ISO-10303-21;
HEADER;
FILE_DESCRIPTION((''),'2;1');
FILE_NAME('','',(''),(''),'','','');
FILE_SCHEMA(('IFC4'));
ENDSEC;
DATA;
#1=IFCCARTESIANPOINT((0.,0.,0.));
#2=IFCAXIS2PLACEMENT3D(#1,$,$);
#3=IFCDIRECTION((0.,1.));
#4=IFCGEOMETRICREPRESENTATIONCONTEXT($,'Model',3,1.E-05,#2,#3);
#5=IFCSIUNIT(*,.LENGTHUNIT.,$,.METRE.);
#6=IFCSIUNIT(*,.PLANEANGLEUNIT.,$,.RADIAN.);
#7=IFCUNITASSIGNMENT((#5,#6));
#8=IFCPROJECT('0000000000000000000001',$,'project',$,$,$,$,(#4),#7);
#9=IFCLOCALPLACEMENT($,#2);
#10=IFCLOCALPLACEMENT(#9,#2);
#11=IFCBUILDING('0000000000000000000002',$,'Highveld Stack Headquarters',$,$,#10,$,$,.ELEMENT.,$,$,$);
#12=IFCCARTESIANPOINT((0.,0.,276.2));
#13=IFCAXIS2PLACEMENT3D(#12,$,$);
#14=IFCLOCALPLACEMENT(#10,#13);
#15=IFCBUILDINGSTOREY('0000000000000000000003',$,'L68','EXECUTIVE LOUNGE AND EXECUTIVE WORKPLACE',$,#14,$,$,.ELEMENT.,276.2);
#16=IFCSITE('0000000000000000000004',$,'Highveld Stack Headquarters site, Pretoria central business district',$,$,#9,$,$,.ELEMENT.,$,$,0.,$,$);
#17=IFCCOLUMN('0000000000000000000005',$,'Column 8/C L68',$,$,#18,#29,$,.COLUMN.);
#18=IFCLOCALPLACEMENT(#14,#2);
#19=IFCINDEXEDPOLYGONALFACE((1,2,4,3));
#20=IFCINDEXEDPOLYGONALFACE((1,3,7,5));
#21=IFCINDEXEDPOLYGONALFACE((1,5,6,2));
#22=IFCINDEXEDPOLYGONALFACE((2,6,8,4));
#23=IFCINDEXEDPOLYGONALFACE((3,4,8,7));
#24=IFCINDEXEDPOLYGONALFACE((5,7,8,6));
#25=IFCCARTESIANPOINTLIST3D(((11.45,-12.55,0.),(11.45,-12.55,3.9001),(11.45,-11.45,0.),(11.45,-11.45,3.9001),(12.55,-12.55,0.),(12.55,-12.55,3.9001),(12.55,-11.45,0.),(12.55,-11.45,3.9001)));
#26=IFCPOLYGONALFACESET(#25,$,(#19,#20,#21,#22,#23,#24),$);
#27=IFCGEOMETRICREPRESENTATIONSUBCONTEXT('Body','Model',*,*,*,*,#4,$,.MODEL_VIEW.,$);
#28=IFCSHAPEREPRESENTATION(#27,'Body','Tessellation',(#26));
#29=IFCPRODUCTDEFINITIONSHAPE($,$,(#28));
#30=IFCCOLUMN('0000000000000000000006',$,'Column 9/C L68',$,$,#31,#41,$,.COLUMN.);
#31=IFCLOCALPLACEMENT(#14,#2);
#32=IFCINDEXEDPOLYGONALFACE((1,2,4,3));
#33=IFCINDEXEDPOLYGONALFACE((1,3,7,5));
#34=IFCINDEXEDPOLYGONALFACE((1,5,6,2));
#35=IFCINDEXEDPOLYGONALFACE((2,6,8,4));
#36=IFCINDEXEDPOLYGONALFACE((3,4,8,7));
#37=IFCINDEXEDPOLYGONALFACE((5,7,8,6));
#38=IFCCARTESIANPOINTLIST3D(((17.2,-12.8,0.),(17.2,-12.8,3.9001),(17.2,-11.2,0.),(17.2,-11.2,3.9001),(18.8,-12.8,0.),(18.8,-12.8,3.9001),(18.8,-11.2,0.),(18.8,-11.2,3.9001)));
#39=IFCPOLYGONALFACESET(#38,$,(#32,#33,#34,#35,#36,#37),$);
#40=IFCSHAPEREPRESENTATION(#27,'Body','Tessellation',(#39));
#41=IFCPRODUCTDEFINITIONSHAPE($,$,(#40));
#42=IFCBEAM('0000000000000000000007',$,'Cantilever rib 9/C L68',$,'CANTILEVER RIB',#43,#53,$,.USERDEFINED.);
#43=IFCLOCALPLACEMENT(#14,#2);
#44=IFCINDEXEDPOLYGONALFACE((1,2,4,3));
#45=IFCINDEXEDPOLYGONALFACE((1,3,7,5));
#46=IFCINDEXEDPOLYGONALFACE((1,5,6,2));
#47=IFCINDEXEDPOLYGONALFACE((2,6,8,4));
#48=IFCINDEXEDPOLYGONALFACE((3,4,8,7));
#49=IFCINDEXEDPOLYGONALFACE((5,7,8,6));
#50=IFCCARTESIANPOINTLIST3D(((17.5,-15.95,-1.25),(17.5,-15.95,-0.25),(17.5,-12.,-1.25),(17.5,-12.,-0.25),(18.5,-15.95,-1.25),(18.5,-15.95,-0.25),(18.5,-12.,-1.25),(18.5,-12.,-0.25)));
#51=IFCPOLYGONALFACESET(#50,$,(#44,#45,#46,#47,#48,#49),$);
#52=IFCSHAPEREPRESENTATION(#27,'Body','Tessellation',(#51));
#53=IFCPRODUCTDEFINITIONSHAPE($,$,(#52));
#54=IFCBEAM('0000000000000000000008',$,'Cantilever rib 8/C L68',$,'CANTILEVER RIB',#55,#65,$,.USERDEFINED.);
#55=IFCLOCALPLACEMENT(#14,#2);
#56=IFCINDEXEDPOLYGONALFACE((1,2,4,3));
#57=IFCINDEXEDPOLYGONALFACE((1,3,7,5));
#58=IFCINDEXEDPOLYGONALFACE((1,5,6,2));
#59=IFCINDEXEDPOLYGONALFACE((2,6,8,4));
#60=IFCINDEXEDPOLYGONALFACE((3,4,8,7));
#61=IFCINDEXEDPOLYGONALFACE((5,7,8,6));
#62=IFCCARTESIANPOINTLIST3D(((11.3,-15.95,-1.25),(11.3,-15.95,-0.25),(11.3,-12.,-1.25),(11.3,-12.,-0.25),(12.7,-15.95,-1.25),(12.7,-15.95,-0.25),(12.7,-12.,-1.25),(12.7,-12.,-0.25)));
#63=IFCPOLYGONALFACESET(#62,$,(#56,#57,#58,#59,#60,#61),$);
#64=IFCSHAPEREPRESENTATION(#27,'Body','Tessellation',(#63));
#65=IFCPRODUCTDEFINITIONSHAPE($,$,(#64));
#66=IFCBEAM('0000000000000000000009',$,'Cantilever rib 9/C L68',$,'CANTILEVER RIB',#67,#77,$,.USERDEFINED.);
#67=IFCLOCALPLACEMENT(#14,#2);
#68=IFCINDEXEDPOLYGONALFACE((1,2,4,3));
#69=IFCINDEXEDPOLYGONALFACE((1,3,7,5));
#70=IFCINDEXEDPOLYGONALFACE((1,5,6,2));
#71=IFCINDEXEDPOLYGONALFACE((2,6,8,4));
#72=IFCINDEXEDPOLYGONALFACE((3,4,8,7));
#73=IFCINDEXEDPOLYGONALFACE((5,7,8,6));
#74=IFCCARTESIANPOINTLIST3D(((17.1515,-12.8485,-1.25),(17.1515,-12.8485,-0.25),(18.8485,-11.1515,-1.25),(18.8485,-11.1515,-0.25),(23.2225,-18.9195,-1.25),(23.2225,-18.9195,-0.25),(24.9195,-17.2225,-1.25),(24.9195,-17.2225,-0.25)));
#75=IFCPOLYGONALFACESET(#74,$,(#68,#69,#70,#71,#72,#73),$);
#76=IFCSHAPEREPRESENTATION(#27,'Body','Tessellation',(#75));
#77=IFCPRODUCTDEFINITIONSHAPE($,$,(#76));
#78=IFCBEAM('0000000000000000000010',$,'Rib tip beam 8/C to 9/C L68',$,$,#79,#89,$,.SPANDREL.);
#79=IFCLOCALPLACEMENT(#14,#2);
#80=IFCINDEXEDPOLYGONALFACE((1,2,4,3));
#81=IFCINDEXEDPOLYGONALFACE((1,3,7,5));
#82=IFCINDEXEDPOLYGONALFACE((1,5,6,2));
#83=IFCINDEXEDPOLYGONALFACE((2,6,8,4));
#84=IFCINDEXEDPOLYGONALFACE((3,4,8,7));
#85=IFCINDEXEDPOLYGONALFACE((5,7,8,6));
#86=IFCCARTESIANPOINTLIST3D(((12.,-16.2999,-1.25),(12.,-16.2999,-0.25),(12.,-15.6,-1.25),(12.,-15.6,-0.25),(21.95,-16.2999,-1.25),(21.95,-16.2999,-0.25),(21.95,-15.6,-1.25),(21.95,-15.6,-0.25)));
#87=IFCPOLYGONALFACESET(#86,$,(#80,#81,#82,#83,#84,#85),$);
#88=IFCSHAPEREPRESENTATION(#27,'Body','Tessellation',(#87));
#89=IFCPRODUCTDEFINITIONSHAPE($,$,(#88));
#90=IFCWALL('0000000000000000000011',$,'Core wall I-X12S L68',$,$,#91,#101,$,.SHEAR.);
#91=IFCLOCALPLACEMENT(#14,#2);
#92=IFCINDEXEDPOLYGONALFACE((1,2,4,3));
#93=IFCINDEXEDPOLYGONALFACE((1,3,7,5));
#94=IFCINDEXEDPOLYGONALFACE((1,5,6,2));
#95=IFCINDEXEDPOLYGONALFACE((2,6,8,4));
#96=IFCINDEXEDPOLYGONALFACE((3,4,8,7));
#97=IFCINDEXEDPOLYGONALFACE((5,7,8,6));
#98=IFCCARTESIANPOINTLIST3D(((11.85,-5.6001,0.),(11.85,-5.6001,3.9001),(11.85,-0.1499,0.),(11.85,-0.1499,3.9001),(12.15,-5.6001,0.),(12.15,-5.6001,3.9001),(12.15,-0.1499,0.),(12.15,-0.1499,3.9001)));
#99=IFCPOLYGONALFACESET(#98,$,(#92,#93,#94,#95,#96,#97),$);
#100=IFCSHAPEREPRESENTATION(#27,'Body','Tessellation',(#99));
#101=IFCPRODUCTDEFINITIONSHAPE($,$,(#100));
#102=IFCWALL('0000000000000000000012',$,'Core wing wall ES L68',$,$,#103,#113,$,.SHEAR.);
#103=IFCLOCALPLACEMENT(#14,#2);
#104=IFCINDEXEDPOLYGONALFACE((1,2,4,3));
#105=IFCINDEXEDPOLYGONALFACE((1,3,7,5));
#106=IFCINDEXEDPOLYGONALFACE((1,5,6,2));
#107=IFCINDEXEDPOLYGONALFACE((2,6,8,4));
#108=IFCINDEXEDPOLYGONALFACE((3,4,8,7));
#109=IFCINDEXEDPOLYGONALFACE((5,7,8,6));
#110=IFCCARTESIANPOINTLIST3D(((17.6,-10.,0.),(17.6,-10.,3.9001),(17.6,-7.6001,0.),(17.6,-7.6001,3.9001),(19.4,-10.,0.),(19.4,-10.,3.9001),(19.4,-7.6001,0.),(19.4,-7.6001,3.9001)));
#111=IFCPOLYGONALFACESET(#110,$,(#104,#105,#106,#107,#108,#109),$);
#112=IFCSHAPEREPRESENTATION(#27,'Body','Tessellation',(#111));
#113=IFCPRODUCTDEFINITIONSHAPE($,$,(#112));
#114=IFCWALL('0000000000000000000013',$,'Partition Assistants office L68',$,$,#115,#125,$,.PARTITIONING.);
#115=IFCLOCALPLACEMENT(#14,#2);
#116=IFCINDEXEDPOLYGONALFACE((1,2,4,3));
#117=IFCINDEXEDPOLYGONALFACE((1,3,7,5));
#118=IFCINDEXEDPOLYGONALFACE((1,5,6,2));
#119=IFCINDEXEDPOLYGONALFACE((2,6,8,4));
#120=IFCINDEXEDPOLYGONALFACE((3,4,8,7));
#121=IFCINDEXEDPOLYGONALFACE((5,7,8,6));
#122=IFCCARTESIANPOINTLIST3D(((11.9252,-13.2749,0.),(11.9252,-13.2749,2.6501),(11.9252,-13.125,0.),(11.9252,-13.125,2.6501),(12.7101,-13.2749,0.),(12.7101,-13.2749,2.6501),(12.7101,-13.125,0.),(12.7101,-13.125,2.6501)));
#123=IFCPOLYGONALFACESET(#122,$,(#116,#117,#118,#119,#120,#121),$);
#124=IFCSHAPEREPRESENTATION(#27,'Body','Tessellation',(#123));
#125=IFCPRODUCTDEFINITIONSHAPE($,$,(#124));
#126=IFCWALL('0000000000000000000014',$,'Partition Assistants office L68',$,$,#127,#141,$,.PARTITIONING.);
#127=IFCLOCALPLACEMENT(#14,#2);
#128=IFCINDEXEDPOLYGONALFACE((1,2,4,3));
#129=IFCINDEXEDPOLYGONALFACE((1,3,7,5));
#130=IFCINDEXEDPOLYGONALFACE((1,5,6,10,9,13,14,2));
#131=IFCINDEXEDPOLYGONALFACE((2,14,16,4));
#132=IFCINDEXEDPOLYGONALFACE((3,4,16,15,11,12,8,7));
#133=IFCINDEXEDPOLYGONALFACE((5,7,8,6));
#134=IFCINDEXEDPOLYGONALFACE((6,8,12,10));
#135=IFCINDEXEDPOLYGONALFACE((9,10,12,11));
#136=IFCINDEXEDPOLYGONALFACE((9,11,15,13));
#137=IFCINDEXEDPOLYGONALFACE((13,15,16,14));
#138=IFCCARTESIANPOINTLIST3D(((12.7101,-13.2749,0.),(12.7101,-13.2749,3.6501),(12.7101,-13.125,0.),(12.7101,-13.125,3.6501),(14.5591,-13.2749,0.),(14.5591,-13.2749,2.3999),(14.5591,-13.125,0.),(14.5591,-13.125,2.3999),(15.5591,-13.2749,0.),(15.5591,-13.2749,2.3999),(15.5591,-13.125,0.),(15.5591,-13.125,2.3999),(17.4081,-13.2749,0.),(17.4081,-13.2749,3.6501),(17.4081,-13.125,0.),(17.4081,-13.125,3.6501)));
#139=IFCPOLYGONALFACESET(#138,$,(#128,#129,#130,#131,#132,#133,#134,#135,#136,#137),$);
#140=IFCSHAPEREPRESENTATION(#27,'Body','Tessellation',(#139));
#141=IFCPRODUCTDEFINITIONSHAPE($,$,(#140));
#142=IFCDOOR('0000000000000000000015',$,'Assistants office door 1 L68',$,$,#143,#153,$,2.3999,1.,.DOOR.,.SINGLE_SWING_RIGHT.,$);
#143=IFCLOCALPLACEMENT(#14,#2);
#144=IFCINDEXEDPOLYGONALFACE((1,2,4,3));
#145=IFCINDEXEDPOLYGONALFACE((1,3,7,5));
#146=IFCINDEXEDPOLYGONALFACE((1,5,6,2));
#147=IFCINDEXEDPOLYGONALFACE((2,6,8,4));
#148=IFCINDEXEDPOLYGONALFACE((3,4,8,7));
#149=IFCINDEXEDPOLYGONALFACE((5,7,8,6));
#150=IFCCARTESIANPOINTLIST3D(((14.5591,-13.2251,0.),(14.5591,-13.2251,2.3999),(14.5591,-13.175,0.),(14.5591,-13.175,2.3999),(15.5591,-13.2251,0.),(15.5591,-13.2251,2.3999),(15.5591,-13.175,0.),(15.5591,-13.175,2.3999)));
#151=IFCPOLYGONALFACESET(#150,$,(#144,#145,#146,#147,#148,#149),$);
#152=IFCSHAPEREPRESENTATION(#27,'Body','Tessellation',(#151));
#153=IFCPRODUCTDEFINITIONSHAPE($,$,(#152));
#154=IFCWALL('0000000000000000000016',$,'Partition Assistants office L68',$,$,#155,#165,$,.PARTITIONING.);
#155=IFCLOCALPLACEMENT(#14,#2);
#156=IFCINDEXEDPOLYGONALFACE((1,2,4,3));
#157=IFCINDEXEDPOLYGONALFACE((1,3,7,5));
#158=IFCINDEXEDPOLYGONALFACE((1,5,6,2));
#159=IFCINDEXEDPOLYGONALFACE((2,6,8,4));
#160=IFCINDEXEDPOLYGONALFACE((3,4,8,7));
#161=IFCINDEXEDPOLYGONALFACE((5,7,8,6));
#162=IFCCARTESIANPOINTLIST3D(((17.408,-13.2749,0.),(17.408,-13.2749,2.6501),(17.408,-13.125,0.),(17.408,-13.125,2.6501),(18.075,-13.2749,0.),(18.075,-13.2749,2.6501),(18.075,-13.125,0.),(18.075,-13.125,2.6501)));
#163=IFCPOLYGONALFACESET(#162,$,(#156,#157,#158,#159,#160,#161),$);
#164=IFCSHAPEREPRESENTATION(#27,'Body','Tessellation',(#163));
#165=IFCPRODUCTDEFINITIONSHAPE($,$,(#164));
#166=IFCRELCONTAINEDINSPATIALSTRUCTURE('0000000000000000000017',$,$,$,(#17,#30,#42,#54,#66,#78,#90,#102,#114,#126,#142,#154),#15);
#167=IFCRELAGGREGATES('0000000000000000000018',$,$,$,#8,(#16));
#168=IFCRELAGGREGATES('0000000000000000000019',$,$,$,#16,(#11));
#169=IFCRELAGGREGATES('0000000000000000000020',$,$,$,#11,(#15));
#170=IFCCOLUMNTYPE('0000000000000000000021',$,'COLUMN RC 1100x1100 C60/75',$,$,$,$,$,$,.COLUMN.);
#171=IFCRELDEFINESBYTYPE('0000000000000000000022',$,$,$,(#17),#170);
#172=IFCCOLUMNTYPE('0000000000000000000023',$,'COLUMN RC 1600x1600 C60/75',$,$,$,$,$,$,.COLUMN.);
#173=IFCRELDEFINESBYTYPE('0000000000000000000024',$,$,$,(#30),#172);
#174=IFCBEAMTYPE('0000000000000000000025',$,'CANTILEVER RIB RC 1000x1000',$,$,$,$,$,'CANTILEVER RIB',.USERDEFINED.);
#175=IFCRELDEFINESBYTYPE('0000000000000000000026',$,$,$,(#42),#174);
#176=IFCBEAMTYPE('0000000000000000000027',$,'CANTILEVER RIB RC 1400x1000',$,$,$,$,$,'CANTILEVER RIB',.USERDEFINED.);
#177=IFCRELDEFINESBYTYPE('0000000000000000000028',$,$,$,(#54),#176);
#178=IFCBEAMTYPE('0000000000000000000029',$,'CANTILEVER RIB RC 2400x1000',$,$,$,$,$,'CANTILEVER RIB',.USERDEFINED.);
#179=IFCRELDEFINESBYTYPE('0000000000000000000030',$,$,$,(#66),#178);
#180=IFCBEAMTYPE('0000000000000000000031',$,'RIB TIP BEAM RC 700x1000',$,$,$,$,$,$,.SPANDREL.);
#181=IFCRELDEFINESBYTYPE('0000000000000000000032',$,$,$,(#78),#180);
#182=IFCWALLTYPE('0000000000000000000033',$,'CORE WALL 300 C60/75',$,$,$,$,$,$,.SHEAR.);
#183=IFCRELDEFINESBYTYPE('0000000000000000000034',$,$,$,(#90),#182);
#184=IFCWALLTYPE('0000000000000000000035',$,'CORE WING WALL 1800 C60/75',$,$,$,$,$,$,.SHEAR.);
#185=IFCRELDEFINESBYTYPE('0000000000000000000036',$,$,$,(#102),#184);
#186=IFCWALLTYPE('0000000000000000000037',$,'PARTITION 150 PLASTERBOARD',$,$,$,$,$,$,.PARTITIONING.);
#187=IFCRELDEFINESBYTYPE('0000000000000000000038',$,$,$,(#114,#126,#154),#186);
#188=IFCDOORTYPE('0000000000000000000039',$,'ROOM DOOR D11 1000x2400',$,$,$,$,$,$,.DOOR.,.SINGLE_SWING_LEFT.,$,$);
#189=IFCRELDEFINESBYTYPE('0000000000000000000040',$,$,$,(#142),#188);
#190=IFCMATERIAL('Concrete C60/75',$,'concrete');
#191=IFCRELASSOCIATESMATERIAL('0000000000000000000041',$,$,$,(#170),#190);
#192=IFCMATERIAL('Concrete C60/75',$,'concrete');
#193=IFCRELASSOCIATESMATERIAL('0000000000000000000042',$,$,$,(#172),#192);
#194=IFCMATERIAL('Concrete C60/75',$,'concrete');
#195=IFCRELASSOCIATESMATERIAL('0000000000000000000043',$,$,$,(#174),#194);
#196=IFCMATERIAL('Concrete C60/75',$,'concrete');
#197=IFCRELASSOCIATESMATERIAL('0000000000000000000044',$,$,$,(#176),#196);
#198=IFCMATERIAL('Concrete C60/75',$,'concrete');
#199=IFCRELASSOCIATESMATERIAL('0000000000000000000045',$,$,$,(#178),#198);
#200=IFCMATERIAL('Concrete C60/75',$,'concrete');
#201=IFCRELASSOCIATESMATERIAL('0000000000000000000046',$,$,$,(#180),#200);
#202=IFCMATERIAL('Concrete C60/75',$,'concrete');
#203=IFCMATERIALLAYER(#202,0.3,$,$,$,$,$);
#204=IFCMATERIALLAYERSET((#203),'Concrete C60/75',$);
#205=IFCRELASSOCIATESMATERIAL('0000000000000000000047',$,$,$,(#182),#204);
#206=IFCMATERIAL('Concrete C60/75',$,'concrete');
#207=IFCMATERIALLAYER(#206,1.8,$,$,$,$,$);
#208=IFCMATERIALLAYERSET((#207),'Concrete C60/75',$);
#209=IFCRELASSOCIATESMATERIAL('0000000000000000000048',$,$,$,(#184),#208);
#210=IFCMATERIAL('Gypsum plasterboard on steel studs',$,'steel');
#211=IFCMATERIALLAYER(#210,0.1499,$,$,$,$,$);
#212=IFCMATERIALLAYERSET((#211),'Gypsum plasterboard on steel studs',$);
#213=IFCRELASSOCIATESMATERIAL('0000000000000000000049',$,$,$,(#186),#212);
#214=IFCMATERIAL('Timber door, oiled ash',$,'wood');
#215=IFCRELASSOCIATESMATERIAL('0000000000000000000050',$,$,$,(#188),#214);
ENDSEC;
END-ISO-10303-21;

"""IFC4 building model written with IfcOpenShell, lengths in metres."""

from ifc_helpers import new_model, si_unit, direction, frame, frame_2d, origin, origin_2d, place, context, subcontext, project, spatial, rectangle, extrude, material, layer, layer_set, material_profile, profile_set, type_object, element, fill, save


model = new_model("IFC4")

# Units and contexts
model_context = context("Model", 3, precision=1e-05, world=origin(), true_north=direction((0.0, 1.0)))
body_context = subcontext(model_context, "Body", "Model", "MODEL_VIEW")
ifc_project = project(units=[si_unit("LENGTHUNIT", "METRE"), si_unit("PLANEANGLEUNIT", "RADIAN")], contexts=[model_context])

# Site, building, storey
site_placement = place(None, origin())
site = spatial("IfcSite", under=ifc_project, at=site_placement, Name="Highveld Stack Headquarters site, Pretoria central business district", CompositionType="ELEMENT", RefElevation=0.0)
building_placement = place(site_placement, origin())
building = spatial("IfcBuilding", under=site, at=building_placement, Name="Highveld Stack Headquarters", CompositionType="ELEMENT")
storey_placement = place(building_placement, frame((0.0, 0.0, 276.2)))
storey = spatial("IfcBuildingStorey", under=building, at=storey_placement, Name="L68", Description="EXECUTIVE LOUNGE AND EXECUTIVE WORKPLACE", CompositionType="ELEMENT", Elevation=276.2)

# Columns
ifc_material_1 = material(Name="Concrete C60/75", Category="concrete")
ifc_material_profile_1 = material_profile(ifc_material_1, rectangle(XDim=1.1001, YDim=1.1001, at=origin_2d()), Name="RC 1100x1100")
ifc_profile_set_1 = profile_set([ifc_material_profile_1], Name="Concrete C60/75")
column_type_1 = type_object("IfcColumnType", Name="COLUMN RC 1100x1100 C60/75", PredefinedType="COLUMN", material=ifc_profile_set_1)
column_1_placement = place(storey_placement, frame((12.0, -12.0, 0.0), z_axis=(0.0, 0.0, 1.0), x_axis=(1.0, 0.0, 0.0)))
element("IfcColumn", 1, at=column_1_placement, inside=storey, type_object=column_type_1, Name="Column 8/C L68", PredefinedType="COLUMN", context=body_context, shape_type="SweptSolid", body=[
    extrude(rectangle(XDim=1.1001, YDim=1.1001, at=origin_2d()), origin(), (0.0, 0.0, 1.0), 3.9001),
])
ifc_material_2 = material(Name="Concrete C60/75", Category="concrete")
ifc_material_profile_2 = material_profile(ifc_material_2, rectangle(XDim=1.6001, YDim=1.6001, at=origin_2d()), Name="RC 1600x1600")
ifc_profile_set_2 = profile_set([ifc_material_profile_2], Name="Concrete C60/75")
column_type_2 = type_object("IfcColumnType", Name="COLUMN RC 1600x1600 C60/75", PredefinedType="COLUMN", material=ifc_profile_set_2)
column_2_placement = place(storey_placement, frame((18.0, -12.0, 0.0), z_axis=(0.0, 0.0, 1.0), x_axis=(1.0, 0.0, 0.0)))
element("IfcColumn", 2, at=column_2_placement, inside=storey, type_object=column_type_2, Name="Column 9/C L68", PredefinedType="COLUMN", context=body_context, shape_type="SweptSolid", body=[
    extrude(rectangle(XDim=1.6001, YDim=1.6001, at=origin_2d()), origin(), (0.0, 0.0, 1.0), 3.9001),
])

# Beams
ifc_material_3 = material(Name="Concrete C60/75", Category="concrete")
ifc_material_profile_3 = material_profile(ifc_material_3, rectangle(XDim=1.0, YDim=1.0, at=origin_2d()), Name="RC 1000x1000")
ifc_profile_set_3 = profile_set([ifc_material_profile_3], Name="Concrete C60/75")
beam_type_1 = type_object("IfcBeamType", Name="CANTILEVER RIB RC 1000x1000", ElementType="CANTILEVER RIB", PredefinedType="USERDEFINED", material=ifc_profile_set_3)
beam_1_placement = place(storey_placement, frame((18.0, -12.0, -0.75), z_axis=(0.0, -1.0, 0.0), x_axis=(1.0, 0.0, 0.0)))
element("IfcBeam", 3, at=beam_1_placement, inside=storey, type_object=beam_type_1, Name="Cantilever rib 9/C L68", ObjectType="CANTILEVER RIB", PredefinedType="USERDEFINED", context=body_context, shape_type="SweptSolid", body=[
    extrude(rectangle(XDim=1.0, YDim=1.0, at=origin_2d()), origin(), (0.0, 0.0, 1.0), 3.95),
])
ifc_material_4 = material(Name="Concrete C60/75", Category="concrete")
ifc_material_profile_4 = material_profile(ifc_material_4, rectangle(XDim=1.3999, YDim=1.0, at=origin_2d()), Name="RC 1400x1000")
ifc_profile_set_4 = profile_set([ifc_material_profile_4], Name="Concrete C60/75")
beam_type_2 = type_object("IfcBeamType", Name="CANTILEVER RIB RC 1400x1000", ElementType="CANTILEVER RIB", PredefinedType="USERDEFINED", material=ifc_profile_set_4)
beam_2_placement = place(storey_placement, frame((12.0, -12.0, -0.75), z_axis=(0.0, -1.0, 0.0), x_axis=(1.0, 0.0, 0.0)))
element("IfcBeam", 4, at=beam_2_placement, inside=storey, type_object=beam_type_2, Name="Cantilever rib 8/C L68", ObjectType="CANTILEVER RIB", PredefinedType="USERDEFINED", context=body_context, shape_type="SweptSolid", body=[
    extrude(rectangle(XDim=1.3999, YDim=1.0, at=origin_2d()), origin(), (0.0, 0.0, 1.0), 3.95),
])
ifc_material_5 = material(Name="Concrete C60/75", Category="concrete")
ifc_material_profile_5 = material_profile(ifc_material_5, rectangle(XDim=2.3999, YDim=1.0, at=origin_2d()), Name="RC 2400x1000")
ifc_profile_set_5 = profile_set([ifc_material_profile_5], Name="Concrete C60/75")
beam_type_3 = type_object("IfcBeamType", Name="CANTILEVER RIB RC 2400x1000", ElementType="CANTILEVER RIB", PredefinedType="USERDEFINED", material=ifc_profile_set_5)
beam_3_placement = place(storey_placement, frame((18.0, -12.0, -0.75), z_axis=(0.707107, -0.707107, 0.0), x_axis=(0.707107, 0.707107, 0.0)))
element("IfcBeam", 5, at=beam_3_placement, inside=storey, type_object=beam_type_3, Name="Cantilever rib 9/C L68", ObjectType="CANTILEVER RIB", PredefinedType="USERDEFINED", context=body_context, shape_type="SweptSolid", body=[
    extrude(rectangle(XDim=2.3999, YDim=1.0, at=origin_2d()), origin(), (0.0, 0.0, 1.0), 8.5857),
])
ifc_material_6 = material(Name="Concrete C60/75", Category="concrete")
ifc_material_profile_6 = material_profile(ifc_material_6, rectangle(XDim=0.7, YDim=1.0, at=origin_2d()), Name="RC 700x1000")
ifc_profile_set_6 = profile_set([ifc_material_profile_6], Name="Concrete C60/75")
beam_type_4 = type_object("IfcBeamType", Name="RIB TIP BEAM RC 700x1000", PredefinedType="SPANDREL", material=ifc_profile_set_6)
beam_4_placement = place(storey_placement, frame((12.0, -15.95, -0.75), z_axis=(1.0, 0.0, 0.0), x_axis=(0.0, 1.0, 0.0)))
element("IfcBeam", 6, at=beam_4_placement, inside=storey, type_object=beam_type_4, Name="Rib tip beam 8/C to 9/C L68", PredefinedType="SPANDREL", context=body_context, shape_type="SweptSolid", body=[
    extrude(rectangle(XDim=0.7, YDim=1.0, at=origin_2d()), origin(), (0.0, 0.0, 1.0), 9.95),
])

# Walls
ifc_material_7 = material(Name="Concrete C60/75", Category="concrete")
ifc_layer_1 = layer(ifc_material_7, 0.3)
ifc_layer_set_1 = layer_set([ifc_layer_1], Name="Concrete C60/75")
wall_type_1 = type_object("IfcWallType", Name="CORE WALL 300 C60/75", PredefinedType="SHEAR", material=ifc_layer_set_1)
wall_1_placement = place(storey_placement, frame((12.0, -5.6001, 0.0), z_axis=(0.0, 0.0, 1.0), x_axis=(0.0, 1.0, 0.0)))
element("IfcWall", 7, at=wall_1_placement, inside=storey, type_object=wall_type_1, Name="Core wall I-X12S L68", PredefinedType="SHEAR", context=body_context, shape_type="SweptSolid", body=[
    extrude(rectangle(XDim=5.4502, YDim=0.3, at=frame_2d((2.7251, 0.0))), origin(), (0.0, 0.0, 1.0), 3.9001),
])
ifc_material_8 = material(Name="Concrete C60/75", Category="concrete")
ifc_layer_2 = layer(ifc_material_8, 1.8)
ifc_layer_set_2 = layer_set([ifc_layer_2], Name="Concrete C60/75")
wall_type_2 = type_object("IfcWallType", Name="CORE WING WALL 1800 C60/75", PredefinedType="SHEAR", material=ifc_layer_set_2)
wall_2_placement = place(storey_placement, frame((18.5, -10.0, 0.0), z_axis=(0.0, 0.0, 1.0), x_axis=(0.0, 1.0, 0.0)))
element("IfcWall", 8, at=wall_2_placement, inside=storey, type_object=wall_type_2, Name="Core wing wall ES L68", PredefinedType="SHEAR", context=body_context, shape_type="SweptSolid", body=[
    extrude(rectangle(XDim=2.3999, YDim=1.8, at=frame_2d((1.2, 0.0))), origin(), (0.0, 0.0, 1.0), 3.9001),
])
ifc_material_9 = material(Name="Gypsum plasterboard on steel studs", Category="steel")
ifc_layer_3 = layer(ifc_material_9, 0.1499)
ifc_layer_set_3 = layer_set([ifc_layer_3], Name="Gypsum plasterboard on steel studs")
wall_type_3 = type_object("IfcWallType", Name="PARTITION 150 PLASTERBOARD", PredefinedType="PARTITIONING", material=ifc_layer_set_3)
wall_3_placement = place(storey_placement, frame((11.925, -13.2, 0.0), z_axis=(0.0, 0.0, 1.0), x_axis=(1.0, 0.0, 0.0)))
element("IfcWall", 9, at=wall_3_placement, inside=storey, type_object=wall_type_3, Name="Partition Assistants office L68", PredefinedType="PARTITIONING", context=body_context, shape_type="SweptSolid", body=[
    extrude(rectangle(XDim=0.7849, YDim=0.1499, at=frame_2d((0.3926, 0.0))), origin(), (0.0, 0.0, 1.0), 2.6501),
])

# Wall, opening, door
wall_4_placement = place(storey_placement, frame((12.71, -13.2, 0.0), z_axis=(0.0, 0.0, 1.0), x_axis=(1.0, 0.0, 0.0)))
wall_4 = element("IfcWall", 10, at=wall_4_placement, inside=storey, type_object=wall_type_3, Name="Partition Assistants office L68", PredefinedType="PARTITIONING", context=body_context, shape_type="SweptSolid", body=[
    extrude(rectangle(XDim=4.698, YDim=0.1499, at=frame_2d((2.3491, 0.0))), origin(), (0.0, 0.0, 1.0), 3.6501),
])
opening_1_placement = place(wall_4_placement, frame((1.8491, 0.0, 0.0)))
opening_1 = element("IfcOpeningElement", 11, at=opening_1_placement, cuts=wall_4, PredefinedType="OPENING", context=body_context, shape_type="SweptSolid", body=[
    extrude(rectangle(XDim=1.0, YDim=2.3999, at=frame_2d((0.5, 1.2))), frame((0.0, 0.085, 0.0), z_axis=(0.0, -1.0, 0.0), x_axis=(1.0, 0.0, 0.0)), (0.0, 0.0, 1.0), 0.1699),
])
ifc_material_10 = material(Name="Timber door, oiled ash", Category="wood")
door_type_1 = type_object("IfcDoorType", Name="ROOM DOOR D11 1000x2400", OperationType="SINGLE_SWING_LEFT", PredefinedType="DOOR", material=ifc_material_10)
door_1_placement = place(opening_1_placement, origin())
door_1 = element("IfcDoor", 12, at=door_1_placement, inside=storey, type_object=door_type_1, Name="Assistants office door 1 L68", OperationType="SINGLE_SWING_RIGHT", OverallHeight=2.3999, OverallWidth=1.0, PredefinedType="DOOR", context=body_context, shape_type="SweptSolid", body=[
    extrude(rectangle(XDim=1.0, YDim=2.3999, at=frame_2d((0.5, 1.2))), frame((0.0, 0.0249, 0.0), z_axis=(0.0, -1.0, 0.0), x_axis=(1.0, 0.0, 0.0)), (0.0, 0.0, 1.0), 0.05),
])
fill(opening_1, door_1)

# Wall
wall_5_placement = place(storey_placement, frame((17.408, -13.2, 0.0), z_axis=(0.0, 0.0, 1.0), x_axis=(1.0, 0.0, 0.0)))
element("IfcWall", 13, at=wall_5_placement, inside=storey, type_object=wall_type_3, Name="Partition Assistants office L68", PredefinedType="PARTITIONING", context=body_context, shape_type="SweptSolid", body=[
    extrude(rectangle(XDim=0.667, YDim=0.1499, at=frame_2d((0.3335, 0.0))), origin(), (0.0, 0.0, 1.0), 2.6501),
])

save(model, "model.ifc")
